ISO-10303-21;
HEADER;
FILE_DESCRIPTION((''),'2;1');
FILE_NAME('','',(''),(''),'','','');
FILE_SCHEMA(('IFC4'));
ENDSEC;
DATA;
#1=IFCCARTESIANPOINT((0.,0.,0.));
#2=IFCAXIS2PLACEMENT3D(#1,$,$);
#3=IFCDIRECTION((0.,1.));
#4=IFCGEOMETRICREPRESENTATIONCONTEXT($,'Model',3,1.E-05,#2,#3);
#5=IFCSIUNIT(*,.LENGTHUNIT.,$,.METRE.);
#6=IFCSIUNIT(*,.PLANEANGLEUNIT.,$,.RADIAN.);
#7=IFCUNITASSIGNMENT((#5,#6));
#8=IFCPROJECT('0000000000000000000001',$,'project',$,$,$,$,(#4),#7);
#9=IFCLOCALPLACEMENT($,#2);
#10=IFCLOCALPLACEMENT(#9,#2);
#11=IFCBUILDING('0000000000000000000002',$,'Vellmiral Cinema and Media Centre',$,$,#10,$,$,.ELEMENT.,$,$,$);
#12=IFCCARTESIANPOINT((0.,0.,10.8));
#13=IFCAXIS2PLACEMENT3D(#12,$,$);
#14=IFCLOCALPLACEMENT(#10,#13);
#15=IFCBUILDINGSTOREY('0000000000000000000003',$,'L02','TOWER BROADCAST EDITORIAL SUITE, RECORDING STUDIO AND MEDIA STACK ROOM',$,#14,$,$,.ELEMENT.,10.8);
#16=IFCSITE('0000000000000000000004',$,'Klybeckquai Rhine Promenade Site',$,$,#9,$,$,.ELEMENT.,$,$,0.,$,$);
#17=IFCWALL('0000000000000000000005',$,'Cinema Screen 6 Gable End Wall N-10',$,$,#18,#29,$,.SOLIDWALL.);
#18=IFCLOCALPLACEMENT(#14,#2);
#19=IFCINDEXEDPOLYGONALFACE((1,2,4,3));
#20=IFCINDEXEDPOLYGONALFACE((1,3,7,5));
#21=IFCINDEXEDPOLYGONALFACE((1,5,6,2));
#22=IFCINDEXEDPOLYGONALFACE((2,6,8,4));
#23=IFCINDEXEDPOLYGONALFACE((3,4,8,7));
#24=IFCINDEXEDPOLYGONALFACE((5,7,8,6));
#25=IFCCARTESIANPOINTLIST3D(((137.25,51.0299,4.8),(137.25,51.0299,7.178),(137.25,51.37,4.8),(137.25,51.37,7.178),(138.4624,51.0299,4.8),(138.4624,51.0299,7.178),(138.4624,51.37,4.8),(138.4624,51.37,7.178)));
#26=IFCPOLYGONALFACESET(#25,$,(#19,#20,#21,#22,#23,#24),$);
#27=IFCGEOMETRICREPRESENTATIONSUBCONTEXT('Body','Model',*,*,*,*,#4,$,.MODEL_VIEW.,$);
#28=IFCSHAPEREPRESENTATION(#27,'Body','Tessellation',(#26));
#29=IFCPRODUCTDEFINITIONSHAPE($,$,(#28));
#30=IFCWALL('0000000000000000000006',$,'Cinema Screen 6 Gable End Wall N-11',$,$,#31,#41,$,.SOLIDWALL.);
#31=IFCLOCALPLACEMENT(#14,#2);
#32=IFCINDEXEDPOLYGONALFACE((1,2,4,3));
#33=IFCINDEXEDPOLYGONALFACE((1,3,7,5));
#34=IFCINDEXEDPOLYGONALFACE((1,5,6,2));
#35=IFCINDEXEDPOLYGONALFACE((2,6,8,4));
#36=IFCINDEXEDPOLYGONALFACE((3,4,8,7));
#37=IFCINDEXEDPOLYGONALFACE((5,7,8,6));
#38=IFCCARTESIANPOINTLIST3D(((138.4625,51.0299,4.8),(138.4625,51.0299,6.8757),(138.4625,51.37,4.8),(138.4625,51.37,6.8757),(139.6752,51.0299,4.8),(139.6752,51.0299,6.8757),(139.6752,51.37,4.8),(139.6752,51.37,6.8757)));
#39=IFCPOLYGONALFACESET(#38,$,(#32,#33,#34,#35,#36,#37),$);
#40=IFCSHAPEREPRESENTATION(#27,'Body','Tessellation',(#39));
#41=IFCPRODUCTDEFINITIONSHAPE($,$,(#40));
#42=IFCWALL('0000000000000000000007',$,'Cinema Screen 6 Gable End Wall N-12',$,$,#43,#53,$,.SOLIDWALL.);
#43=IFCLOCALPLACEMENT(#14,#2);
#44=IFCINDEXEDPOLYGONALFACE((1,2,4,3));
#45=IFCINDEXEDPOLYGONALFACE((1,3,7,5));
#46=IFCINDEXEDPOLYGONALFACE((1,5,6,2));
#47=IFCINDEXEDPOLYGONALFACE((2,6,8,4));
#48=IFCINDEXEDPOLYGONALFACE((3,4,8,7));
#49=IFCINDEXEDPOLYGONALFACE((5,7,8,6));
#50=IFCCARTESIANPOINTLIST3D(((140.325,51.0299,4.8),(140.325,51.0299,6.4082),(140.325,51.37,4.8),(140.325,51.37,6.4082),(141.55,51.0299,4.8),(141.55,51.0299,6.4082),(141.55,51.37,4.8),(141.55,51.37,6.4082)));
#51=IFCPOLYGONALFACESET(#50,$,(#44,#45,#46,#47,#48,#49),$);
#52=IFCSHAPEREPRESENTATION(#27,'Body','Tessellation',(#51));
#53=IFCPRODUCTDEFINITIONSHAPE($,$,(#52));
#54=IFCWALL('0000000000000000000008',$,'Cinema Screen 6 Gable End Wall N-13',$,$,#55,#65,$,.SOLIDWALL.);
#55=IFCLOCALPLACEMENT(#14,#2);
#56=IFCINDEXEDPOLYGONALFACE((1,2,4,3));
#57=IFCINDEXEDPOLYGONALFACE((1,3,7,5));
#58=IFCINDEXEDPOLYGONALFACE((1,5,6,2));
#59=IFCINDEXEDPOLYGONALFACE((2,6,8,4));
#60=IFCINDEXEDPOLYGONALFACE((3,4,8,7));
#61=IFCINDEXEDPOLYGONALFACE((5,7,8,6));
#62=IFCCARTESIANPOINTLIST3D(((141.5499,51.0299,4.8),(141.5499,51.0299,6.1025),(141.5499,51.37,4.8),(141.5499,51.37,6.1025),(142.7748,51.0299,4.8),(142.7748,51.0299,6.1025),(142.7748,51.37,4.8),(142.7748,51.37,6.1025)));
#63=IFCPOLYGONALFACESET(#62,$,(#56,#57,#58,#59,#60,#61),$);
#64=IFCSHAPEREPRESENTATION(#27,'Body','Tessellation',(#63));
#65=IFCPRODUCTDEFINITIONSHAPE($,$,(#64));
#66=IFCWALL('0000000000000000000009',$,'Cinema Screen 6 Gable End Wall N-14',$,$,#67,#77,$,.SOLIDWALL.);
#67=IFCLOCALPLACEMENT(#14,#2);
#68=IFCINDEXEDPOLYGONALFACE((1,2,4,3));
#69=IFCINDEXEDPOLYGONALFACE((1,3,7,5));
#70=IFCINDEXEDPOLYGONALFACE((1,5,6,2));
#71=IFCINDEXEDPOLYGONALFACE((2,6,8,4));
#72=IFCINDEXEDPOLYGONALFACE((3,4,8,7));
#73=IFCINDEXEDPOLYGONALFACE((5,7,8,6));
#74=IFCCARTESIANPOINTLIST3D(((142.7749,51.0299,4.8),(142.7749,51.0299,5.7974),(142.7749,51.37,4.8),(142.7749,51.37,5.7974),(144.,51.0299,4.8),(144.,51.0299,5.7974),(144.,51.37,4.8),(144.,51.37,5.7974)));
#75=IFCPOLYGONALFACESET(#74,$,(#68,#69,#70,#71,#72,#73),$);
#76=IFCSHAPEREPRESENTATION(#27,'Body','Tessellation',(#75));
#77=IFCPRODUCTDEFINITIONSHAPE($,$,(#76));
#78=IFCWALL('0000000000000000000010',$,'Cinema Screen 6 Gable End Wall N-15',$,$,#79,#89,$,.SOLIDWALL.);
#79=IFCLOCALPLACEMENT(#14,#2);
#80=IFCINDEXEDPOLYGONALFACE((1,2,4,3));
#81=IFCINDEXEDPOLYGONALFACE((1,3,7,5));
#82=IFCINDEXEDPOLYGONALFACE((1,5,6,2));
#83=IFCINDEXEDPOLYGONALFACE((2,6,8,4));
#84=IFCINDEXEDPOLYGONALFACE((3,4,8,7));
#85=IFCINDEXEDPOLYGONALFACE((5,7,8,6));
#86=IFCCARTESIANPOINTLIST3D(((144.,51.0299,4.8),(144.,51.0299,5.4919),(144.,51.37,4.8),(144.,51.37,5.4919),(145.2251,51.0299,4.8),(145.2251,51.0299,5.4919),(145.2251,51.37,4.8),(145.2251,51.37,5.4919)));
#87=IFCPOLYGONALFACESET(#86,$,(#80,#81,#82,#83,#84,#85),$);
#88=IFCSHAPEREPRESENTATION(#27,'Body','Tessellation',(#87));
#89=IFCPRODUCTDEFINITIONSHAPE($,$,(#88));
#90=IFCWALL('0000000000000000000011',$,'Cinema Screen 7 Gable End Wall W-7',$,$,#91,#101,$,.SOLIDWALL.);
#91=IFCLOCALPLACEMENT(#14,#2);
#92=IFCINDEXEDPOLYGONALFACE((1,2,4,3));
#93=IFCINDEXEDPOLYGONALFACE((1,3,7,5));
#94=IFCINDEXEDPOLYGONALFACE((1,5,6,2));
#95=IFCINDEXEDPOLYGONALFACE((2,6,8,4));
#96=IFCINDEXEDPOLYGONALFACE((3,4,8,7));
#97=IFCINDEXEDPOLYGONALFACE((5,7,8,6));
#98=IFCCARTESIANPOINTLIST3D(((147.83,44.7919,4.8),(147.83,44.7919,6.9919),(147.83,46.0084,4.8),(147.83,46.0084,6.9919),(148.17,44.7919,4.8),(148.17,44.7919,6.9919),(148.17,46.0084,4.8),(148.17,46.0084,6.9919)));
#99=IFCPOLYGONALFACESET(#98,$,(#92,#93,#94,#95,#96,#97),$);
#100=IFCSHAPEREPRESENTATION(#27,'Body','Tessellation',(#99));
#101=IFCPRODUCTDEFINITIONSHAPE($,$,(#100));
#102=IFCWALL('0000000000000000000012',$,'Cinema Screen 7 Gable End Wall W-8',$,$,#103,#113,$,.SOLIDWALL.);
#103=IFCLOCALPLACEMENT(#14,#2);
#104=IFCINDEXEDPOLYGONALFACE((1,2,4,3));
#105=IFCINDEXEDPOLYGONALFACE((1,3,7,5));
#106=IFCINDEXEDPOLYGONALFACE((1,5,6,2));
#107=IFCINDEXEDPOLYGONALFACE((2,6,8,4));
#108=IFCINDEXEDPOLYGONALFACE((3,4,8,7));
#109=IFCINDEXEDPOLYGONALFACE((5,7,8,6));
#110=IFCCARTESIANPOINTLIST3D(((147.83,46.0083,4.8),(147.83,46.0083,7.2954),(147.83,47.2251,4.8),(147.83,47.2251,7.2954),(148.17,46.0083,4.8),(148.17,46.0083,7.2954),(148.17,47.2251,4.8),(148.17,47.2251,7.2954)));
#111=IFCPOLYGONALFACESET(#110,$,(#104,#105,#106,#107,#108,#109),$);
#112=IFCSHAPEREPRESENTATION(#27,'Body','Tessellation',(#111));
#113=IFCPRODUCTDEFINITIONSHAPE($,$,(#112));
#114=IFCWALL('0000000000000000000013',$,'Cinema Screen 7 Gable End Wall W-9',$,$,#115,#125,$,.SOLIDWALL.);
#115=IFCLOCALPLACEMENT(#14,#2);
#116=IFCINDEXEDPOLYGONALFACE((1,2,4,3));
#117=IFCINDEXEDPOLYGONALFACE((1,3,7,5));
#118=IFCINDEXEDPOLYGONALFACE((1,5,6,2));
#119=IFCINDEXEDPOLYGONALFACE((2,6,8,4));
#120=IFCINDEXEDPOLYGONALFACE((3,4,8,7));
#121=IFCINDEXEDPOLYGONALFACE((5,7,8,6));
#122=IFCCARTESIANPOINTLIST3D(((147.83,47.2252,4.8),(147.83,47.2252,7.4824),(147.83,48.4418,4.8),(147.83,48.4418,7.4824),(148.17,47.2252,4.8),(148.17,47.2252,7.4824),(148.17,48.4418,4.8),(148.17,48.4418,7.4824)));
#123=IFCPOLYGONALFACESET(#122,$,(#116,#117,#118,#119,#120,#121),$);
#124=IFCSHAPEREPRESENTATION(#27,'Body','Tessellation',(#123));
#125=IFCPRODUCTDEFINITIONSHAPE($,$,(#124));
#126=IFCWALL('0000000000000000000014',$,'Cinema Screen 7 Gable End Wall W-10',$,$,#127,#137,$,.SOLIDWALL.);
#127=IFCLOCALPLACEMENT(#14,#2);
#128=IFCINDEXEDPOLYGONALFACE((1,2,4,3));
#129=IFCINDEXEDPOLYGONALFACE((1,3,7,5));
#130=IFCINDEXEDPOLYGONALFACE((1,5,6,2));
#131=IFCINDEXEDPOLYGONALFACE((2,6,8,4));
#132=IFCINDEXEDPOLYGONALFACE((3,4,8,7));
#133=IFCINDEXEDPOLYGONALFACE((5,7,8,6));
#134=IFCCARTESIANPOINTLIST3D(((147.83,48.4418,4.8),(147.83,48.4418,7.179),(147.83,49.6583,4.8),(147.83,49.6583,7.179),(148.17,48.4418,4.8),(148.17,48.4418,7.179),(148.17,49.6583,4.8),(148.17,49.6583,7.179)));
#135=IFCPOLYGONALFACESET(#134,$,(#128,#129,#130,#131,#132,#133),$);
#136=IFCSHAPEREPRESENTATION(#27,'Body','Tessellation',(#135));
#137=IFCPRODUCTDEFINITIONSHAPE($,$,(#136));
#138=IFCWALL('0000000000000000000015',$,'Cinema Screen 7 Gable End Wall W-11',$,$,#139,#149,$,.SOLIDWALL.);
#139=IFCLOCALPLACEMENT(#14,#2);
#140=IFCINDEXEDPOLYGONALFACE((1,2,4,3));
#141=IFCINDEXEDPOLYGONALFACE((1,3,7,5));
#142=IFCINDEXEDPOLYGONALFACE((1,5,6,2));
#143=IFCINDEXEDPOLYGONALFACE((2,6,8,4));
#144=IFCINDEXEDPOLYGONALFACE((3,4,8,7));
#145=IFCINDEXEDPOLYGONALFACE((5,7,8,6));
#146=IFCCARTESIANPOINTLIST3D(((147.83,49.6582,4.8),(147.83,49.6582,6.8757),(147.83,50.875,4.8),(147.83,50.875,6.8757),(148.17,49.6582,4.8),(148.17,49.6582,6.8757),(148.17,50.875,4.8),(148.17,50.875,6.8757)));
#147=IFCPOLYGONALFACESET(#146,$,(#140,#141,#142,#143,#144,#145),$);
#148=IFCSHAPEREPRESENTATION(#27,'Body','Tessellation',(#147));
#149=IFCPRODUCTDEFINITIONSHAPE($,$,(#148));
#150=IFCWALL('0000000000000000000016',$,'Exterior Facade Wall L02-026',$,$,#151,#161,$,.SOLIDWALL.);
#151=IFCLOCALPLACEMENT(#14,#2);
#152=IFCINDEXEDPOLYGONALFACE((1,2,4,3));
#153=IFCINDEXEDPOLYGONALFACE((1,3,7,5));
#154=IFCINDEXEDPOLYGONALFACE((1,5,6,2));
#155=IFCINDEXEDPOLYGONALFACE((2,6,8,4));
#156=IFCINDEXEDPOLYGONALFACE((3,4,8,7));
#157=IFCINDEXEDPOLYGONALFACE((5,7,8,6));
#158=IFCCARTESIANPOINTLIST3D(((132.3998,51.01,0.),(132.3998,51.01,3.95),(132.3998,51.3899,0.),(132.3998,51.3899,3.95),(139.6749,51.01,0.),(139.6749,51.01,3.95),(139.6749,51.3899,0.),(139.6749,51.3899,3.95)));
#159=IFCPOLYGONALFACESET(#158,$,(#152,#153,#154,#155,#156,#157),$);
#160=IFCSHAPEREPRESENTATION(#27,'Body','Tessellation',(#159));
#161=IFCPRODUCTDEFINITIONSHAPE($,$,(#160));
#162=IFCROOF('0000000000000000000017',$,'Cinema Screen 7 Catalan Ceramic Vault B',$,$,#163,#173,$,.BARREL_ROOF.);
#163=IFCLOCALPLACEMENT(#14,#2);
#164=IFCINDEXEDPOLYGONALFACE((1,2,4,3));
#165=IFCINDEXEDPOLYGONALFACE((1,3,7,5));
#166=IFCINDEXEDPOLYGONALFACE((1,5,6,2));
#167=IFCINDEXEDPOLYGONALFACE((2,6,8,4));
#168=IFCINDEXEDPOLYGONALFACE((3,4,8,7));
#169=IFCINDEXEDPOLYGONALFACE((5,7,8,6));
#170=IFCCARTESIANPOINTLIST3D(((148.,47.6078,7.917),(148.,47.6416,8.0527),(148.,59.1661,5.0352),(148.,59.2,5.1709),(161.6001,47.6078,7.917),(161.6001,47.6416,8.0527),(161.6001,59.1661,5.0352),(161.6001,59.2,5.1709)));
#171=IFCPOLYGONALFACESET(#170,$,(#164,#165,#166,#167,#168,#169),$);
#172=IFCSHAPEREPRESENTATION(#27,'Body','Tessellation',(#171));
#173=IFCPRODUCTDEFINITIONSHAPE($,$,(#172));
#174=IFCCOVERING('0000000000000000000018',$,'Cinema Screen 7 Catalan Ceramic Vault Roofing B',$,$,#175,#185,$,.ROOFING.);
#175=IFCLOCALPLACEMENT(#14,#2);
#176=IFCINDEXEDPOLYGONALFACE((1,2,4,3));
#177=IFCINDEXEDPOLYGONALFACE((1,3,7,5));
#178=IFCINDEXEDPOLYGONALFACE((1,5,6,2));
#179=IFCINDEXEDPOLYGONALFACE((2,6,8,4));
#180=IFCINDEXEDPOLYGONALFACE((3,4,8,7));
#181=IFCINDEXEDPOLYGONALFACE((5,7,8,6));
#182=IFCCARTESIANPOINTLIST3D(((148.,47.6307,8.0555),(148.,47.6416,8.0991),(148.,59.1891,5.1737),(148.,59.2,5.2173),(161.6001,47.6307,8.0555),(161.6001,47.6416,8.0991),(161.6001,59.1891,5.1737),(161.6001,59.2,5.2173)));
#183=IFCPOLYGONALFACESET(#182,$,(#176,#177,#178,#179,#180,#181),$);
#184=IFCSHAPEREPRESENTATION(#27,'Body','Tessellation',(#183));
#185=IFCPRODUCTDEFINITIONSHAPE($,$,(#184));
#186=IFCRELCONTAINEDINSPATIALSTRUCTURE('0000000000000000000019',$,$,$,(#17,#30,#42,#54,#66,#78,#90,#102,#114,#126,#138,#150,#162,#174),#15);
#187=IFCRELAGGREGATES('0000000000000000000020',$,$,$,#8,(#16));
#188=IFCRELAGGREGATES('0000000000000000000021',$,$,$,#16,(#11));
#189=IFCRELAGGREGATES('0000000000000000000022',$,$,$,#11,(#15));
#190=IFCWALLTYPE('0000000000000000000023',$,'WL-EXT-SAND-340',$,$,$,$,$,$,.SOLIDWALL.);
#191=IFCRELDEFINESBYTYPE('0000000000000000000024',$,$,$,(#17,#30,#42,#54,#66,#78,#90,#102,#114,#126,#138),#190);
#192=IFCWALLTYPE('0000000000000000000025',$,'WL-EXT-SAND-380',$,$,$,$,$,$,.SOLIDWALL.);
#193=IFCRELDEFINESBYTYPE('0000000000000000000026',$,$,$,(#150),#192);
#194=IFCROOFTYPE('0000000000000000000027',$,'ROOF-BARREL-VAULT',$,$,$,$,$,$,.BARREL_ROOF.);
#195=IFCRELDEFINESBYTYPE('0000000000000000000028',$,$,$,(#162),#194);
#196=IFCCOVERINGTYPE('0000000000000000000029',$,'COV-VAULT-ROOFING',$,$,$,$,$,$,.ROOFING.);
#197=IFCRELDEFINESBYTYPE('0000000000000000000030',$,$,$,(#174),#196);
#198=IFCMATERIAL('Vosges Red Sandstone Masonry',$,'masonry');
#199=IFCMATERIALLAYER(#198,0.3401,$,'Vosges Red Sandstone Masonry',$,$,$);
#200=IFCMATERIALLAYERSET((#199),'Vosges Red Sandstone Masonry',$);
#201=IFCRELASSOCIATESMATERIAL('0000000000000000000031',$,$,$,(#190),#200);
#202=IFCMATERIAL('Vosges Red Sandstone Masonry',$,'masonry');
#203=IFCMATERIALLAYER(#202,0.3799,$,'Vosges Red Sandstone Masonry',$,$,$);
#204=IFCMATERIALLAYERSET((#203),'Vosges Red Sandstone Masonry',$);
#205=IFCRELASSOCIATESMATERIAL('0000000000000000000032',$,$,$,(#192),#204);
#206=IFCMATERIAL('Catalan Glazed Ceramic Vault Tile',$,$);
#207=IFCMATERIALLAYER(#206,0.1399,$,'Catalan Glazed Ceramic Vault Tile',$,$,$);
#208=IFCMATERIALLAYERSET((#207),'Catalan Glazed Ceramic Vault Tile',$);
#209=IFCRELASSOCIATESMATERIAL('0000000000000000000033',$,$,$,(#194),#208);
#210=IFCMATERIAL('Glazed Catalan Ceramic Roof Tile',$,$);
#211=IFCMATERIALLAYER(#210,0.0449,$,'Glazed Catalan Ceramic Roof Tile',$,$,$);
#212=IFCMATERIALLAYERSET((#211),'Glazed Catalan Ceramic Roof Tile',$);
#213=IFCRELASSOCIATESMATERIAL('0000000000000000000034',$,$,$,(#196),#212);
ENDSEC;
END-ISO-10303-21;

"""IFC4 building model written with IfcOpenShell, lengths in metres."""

from ifc_helpers import new_model, si_unit, direction, frame, frame_2d, origin, place, context, subcontext, project, spatial, polyline, rectangle, outline, extrude, material, layer, layer_set, type_object, element, save


model = new_model("IFC4")

# Units and contexts
model_context = context("Model", 3, precision=1e-05, world=origin(), true_north=direction((0.0, 1.0)))
body_context = subcontext(model_context, "Body", "Model", "MODEL_VIEW")
ifc_project = project(units=[si_unit("LENGTHUNIT", "METRE"), si_unit("PLANEANGLEUNIT", "RADIAN")], contexts=[model_context])

# Site, building, storey
site_placement = place(None, origin())
site = spatial("IfcSite", under=ifc_project, at=site_placement, Name="Klybeckquai Rhine Promenade Site", CompositionType="ELEMENT", RefElevation=0.0)
building_placement = place(site_placement, origin())
building = spatial("IfcBuilding", under=site, at=building_placement, Name="Vellmiral Cinema and Media Centre", CompositionType="ELEMENT")
storey_placement = place(building_placement, frame((0.0, 0.0, 10.8)))
storey = spatial("IfcBuildingStorey", under=building, at=storey_placement, Name="L02", Description="TOWER BROADCAST EDITORIAL SUITE, RECORDING STUDIO AND MEDIA STACK ROOM", CompositionType="ELEMENT", Elevation=10.8)

# Walls
ifc_material_1 = material(Name="Vosges Red Sandstone Masonry", Category="masonry")
ifc_layer_1 = layer(ifc_material_1, 0.3401, Name="Vosges Red Sandstone Masonry")
ifc_layer_set_1 = layer_set([ifc_layer_1], Name="Vosges Red Sandstone Masonry")
wall_type_1 = type_object("IfcWallType", Name="WL-EXT-SAND-340", PredefinedType="SOLIDWALL", material=ifc_layer_set_1)
wall_1_placement = place(storey_placement, frame((137.25, 51.2, 4.8), z_axis=(0.0, 0.0, 1.0), x_axis=(1.0, 0.0, 0.0)))
element("IfcWall", 1, at=wall_1_placement, inside=storey, type_object=wall_type_1, Name="Cinema Screen 6 Gable End Wall N-10", PredefinedType="SOLIDWALL", context=body_context, shape_type="SweptSolid", body=[
    extrude(rectangle(XDim=1.2124, YDim=0.3401, at=frame_2d((0.6062, 0.0))), origin(), (0.0, 0.0, 1.0), 2.3779),
])
wall_2_placement = place(storey_placement, frame((138.4624, 51.2, 4.8), z_axis=(0.0, 0.0, 1.0), x_axis=(1.0, 0.0, 0.0)))
element("IfcWall", 2, at=wall_2_placement, inside=storey, type_object=wall_type_1, Name="Cinema Screen 6 Gable End Wall N-11", PredefinedType="SOLIDWALL", context=body_context, shape_type="SweptSolid", body=[
    extrude(rectangle(XDim=1.2126, YDim=0.3401, at=frame_2d((0.6064, 0.0))), origin(), (0.0, 0.0, 1.0), 2.0757),
])
wall_3_placement = place(storey_placement, frame((140.325, 51.2, 4.8), z_axis=(0.0, 0.0, 1.0), x_axis=(1.0, 0.0, 0.0)))
element("IfcWall", 3, at=wall_3_placement, inside=storey, type_object=wall_type_1, Name="Cinema Screen 6 Gable End Wall N-12", PredefinedType="SOLIDWALL", context=body_context, shape_type="SweptSolid", body=[
    extrude(rectangle(XDim=1.2251, YDim=0.3401, at=frame_2d((0.6125, 0.0))), origin(), (0.0, 0.0, 1.0), 1.6082),
])
wall_4_placement = place(storey_placement, frame((141.55, 51.2, 4.8), z_axis=(0.0, 0.0, 1.0), x_axis=(1.0, 0.0, 0.0)))
element("IfcWall", 4, at=wall_4_placement, inside=storey, type_object=wall_type_1, Name="Cinema Screen 6 Gable End Wall N-13", PredefinedType="SOLIDWALL", context=body_context, shape_type="SweptSolid", body=[
    extrude(rectangle(XDim=1.2249, YDim=0.3401, at=frame_2d((0.6123, 0.0))), origin(), (0.0, 0.0, 1.0), 1.3025),
])
wall_5_placement = place(storey_placement, frame((142.7749, 51.2, 4.8), z_axis=(0.0, 0.0, 1.0), x_axis=(1.0, 0.0, 0.0)))
element("IfcWall", 5, at=wall_5_placement, inside=storey, type_object=wall_type_1, Name="Cinema Screen 6 Gable End Wall N-14", PredefinedType="SOLIDWALL", context=body_context, shape_type="SweptSolid", body=[
    extrude(rectangle(XDim=1.2251, YDim=0.3401, at=frame_2d((0.6125, 0.0))), origin(), (0.0, 0.0, 1.0), 0.9973),
])
wall_6_placement = place(storey_placement, frame((144.0, 51.2, 4.8), z_axis=(0.0, 0.0, 1.0), x_axis=(1.0, 0.0, 0.0)))
element("IfcWall", 6, at=wall_6_placement, inside=storey, type_object=wall_type_1, Name="Cinema Screen 6 Gable End Wall N-15", PredefinedType="SOLIDWALL", context=body_context, shape_type="SweptSolid", body=[
    extrude(rectangle(XDim=1.2251, YDim=0.3401, at=frame_2d((0.6125, 0.0))), origin(), (0.0, 0.0, 1.0), 0.6919),
])
wall_7_placement = place(storey_placement, frame((148.0, 44.7917, 4.8), z_axis=(0.0, 0.0, 1.0), x_axis=(0.0, 1.0, 0.0)))
element("IfcWall", 7, at=wall_7_placement, inside=storey, type_object=wall_type_1, Name="Cinema Screen 7 Gable End Wall W-7", PredefinedType="SOLIDWALL", context=body_context, shape_type="SweptSolid", body=[
    extrude(rectangle(XDim=1.2166, YDim=0.3401, at=frame_2d((0.6084, 0.0))), origin(), (0.0, 0.0, 1.0), 2.1919),
])
wall_8_placement = place(storey_placement, frame((148.0, 46.0083, 4.8), z_axis=(0.0, 0.0, 1.0), x_axis=(0.0, 1.0, 0.0)))
element("IfcWall", 8, at=wall_8_placement, inside=storey, type_object=wall_type_1, Name="Cinema Screen 7 Gable End Wall W-8", PredefinedType="SOLIDWALL", context=body_context, shape_type="SweptSolid", body=[
    extrude(rectangle(XDim=1.2168, YDim=0.3401, at=frame_2d((0.6084, 0.0))), origin(), (0.0, 0.0, 1.0), 2.4954),
])
wall_9_placement = place(storey_placement, frame((148.0, 47.2251, 4.8), z_axis=(0.0, 0.0, 1.0), x_axis=(0.0, 1.0, 0.0)))
element("IfcWall", 9, at=wall_9_placement, inside=storey, type_object=wall_type_1, Name="Cinema Screen 7 Gable End Wall W-9", PredefinedType="SOLIDWALL", context=body_context, shape_type="SweptSolid", body=[
    extrude(rectangle(XDim=1.2166, YDim=0.3401, at=frame_2d((0.6084, 0.0))), origin(), (0.0, 0.0, 1.0), 2.6824),
])
wall_10_placement = place(storey_placement, frame((148.0, 48.4417, 4.8), z_axis=(0.0, 0.0, 1.0), x_axis=(0.0, 1.0, 0.0)))
element("IfcWall", 10, at=wall_10_placement, inside=storey, type_object=wall_type_1, Name="Cinema Screen 7 Gable End Wall W-10", PredefinedType="SOLIDWALL", context=body_context, shape_type="SweptSolid", body=[
    extrude(rectangle(XDim=1.2166, YDim=0.3401, at=frame_2d((0.6084, 0.0))), origin(), (0.0, 0.0, 1.0), 2.3789),
])
wall_11_placement = place(storey_placement, frame((148.0, 49.6582, 4.8), z_axis=(0.0, 0.0, 1.0), x_axis=(0.0, 1.0, 0.0)))
element("IfcWall", 11, at=wall_11_placement, inside=storey, type_object=wall_type_1, Name="Cinema Screen 7 Gable End Wall W-11", PredefinedType="SOLIDWALL", context=body_context, shape_type="SweptSolid", body=[
    extrude(rectangle(XDim=1.2168, YDim=0.3401, at=frame_2d((0.6084, 0.0))), origin(), (0.0, 0.0, 1.0), 2.0757),
])
ifc_material_2 = material(Name="Vosges Red Sandstone Masonry", Category="masonry")
ifc_layer_2 = layer(ifc_material_2, 0.3799, Name="Vosges Red Sandstone Masonry")
ifc_layer_set_2 = layer_set([ifc_layer_2], Name="Vosges Red Sandstone Masonry")
wall_type_2 = type_object("IfcWallType", Name="WL-EXT-SAND-380", PredefinedType="SOLIDWALL", material=ifc_layer_set_2)
wall_12_placement = place(storey_placement, frame((139.675, 51.2, 0.0), z_axis=(0.0, 0.0, 1.0), x_axis=(-1.0, 0.0, 0.0)))
element("IfcWall", 12, at=wall_12_placement, inside=storey, type_object=wall_type_2, Name="Exterior Facade Wall L02-026", PredefinedType="SOLIDWALL", context=body_context, shape_type="SweptSolid", body=[
    extrude(rectangle(XDim=7.2751, YDim=0.3799, at=frame_2d((3.6377, 0.0))), origin(), (0.0, 0.0, 1.0), 3.95),
])

# Roof
ifc_material_3 = material(Name="Catalan Glazed Ceramic Vault Tile")
ifc_layer_3 = layer(ifc_material_3, 0.1399, Name="Catalan Glazed Ceramic Vault Tile")
ifc_layer_set_3 = layer_set([ifc_layer_3], Name="Catalan Glazed Ceramic Vault Tile")
roof_type = type_object("IfcRoofType", Name="ROOF-BARREL-VAULT", PredefinedType="BARREL_ROOF", material=ifc_layer_set_3)
roof_placement = place(storey_placement, frame((148.0, 47.6416, 8.0527), z_axis=(0.0, 0.241923, 0.970295), x_axis=(1.0, 0.0, 0.0)))
element("IfcRoof", 13, at=roof_placement, inside=storey, type_object=roof_type, Name="Cinema Screen 7 Catalan Ceramic Vault B", PredefinedType="BARREL_ROOF", context=body_context, shape_type="SweptSolid", body=[
    extrude(outline(polyline([(0.0, 0.0), (13.6001, 0.0), (13.6001, 11.9122), (0.0, 11.9122), (0.0, 0.0)])), origin(), (0.0, 0.0, -1.0), 0.1399),
])

# Covering
ifc_material_4 = material(Name="Glazed Catalan Ceramic Roof Tile")
ifc_layer_4 = layer(ifc_material_4, 0.0449, Name="Glazed Catalan Ceramic Roof Tile")
ifc_layer_set_4 = layer_set([ifc_layer_4], Name="Glazed Catalan Ceramic Roof Tile")
covering_type = type_object("IfcCoveringType", Name="COV-VAULT-ROOFING", PredefinedType="ROOFING", material=ifc_layer_set_4)
covering_placement = place(storey_placement, frame((148.0, 47.6416, 8.0991), z_axis=(0.0, 0.241923, 0.970295), x_axis=(1.0, 0.0, 0.0)))
element("IfcCovering", 14, at=covering_placement, inside=storey, type_object=covering_type, Name="Cinema Screen 7 Catalan Ceramic Vault Roofing B", PredefinedType="ROOFING", context=body_context, shape_type="SweptSolid", body=[
    extrude(outline(polyline([(0.0, 0.0), (13.6001, 0.0), (13.6001, 11.9122), (0.0, 11.9122), (0.0, 0.0)])), origin(), (0.0, 0.0, -1.0), 0.0449),
])

save(model, "model.ifc")
